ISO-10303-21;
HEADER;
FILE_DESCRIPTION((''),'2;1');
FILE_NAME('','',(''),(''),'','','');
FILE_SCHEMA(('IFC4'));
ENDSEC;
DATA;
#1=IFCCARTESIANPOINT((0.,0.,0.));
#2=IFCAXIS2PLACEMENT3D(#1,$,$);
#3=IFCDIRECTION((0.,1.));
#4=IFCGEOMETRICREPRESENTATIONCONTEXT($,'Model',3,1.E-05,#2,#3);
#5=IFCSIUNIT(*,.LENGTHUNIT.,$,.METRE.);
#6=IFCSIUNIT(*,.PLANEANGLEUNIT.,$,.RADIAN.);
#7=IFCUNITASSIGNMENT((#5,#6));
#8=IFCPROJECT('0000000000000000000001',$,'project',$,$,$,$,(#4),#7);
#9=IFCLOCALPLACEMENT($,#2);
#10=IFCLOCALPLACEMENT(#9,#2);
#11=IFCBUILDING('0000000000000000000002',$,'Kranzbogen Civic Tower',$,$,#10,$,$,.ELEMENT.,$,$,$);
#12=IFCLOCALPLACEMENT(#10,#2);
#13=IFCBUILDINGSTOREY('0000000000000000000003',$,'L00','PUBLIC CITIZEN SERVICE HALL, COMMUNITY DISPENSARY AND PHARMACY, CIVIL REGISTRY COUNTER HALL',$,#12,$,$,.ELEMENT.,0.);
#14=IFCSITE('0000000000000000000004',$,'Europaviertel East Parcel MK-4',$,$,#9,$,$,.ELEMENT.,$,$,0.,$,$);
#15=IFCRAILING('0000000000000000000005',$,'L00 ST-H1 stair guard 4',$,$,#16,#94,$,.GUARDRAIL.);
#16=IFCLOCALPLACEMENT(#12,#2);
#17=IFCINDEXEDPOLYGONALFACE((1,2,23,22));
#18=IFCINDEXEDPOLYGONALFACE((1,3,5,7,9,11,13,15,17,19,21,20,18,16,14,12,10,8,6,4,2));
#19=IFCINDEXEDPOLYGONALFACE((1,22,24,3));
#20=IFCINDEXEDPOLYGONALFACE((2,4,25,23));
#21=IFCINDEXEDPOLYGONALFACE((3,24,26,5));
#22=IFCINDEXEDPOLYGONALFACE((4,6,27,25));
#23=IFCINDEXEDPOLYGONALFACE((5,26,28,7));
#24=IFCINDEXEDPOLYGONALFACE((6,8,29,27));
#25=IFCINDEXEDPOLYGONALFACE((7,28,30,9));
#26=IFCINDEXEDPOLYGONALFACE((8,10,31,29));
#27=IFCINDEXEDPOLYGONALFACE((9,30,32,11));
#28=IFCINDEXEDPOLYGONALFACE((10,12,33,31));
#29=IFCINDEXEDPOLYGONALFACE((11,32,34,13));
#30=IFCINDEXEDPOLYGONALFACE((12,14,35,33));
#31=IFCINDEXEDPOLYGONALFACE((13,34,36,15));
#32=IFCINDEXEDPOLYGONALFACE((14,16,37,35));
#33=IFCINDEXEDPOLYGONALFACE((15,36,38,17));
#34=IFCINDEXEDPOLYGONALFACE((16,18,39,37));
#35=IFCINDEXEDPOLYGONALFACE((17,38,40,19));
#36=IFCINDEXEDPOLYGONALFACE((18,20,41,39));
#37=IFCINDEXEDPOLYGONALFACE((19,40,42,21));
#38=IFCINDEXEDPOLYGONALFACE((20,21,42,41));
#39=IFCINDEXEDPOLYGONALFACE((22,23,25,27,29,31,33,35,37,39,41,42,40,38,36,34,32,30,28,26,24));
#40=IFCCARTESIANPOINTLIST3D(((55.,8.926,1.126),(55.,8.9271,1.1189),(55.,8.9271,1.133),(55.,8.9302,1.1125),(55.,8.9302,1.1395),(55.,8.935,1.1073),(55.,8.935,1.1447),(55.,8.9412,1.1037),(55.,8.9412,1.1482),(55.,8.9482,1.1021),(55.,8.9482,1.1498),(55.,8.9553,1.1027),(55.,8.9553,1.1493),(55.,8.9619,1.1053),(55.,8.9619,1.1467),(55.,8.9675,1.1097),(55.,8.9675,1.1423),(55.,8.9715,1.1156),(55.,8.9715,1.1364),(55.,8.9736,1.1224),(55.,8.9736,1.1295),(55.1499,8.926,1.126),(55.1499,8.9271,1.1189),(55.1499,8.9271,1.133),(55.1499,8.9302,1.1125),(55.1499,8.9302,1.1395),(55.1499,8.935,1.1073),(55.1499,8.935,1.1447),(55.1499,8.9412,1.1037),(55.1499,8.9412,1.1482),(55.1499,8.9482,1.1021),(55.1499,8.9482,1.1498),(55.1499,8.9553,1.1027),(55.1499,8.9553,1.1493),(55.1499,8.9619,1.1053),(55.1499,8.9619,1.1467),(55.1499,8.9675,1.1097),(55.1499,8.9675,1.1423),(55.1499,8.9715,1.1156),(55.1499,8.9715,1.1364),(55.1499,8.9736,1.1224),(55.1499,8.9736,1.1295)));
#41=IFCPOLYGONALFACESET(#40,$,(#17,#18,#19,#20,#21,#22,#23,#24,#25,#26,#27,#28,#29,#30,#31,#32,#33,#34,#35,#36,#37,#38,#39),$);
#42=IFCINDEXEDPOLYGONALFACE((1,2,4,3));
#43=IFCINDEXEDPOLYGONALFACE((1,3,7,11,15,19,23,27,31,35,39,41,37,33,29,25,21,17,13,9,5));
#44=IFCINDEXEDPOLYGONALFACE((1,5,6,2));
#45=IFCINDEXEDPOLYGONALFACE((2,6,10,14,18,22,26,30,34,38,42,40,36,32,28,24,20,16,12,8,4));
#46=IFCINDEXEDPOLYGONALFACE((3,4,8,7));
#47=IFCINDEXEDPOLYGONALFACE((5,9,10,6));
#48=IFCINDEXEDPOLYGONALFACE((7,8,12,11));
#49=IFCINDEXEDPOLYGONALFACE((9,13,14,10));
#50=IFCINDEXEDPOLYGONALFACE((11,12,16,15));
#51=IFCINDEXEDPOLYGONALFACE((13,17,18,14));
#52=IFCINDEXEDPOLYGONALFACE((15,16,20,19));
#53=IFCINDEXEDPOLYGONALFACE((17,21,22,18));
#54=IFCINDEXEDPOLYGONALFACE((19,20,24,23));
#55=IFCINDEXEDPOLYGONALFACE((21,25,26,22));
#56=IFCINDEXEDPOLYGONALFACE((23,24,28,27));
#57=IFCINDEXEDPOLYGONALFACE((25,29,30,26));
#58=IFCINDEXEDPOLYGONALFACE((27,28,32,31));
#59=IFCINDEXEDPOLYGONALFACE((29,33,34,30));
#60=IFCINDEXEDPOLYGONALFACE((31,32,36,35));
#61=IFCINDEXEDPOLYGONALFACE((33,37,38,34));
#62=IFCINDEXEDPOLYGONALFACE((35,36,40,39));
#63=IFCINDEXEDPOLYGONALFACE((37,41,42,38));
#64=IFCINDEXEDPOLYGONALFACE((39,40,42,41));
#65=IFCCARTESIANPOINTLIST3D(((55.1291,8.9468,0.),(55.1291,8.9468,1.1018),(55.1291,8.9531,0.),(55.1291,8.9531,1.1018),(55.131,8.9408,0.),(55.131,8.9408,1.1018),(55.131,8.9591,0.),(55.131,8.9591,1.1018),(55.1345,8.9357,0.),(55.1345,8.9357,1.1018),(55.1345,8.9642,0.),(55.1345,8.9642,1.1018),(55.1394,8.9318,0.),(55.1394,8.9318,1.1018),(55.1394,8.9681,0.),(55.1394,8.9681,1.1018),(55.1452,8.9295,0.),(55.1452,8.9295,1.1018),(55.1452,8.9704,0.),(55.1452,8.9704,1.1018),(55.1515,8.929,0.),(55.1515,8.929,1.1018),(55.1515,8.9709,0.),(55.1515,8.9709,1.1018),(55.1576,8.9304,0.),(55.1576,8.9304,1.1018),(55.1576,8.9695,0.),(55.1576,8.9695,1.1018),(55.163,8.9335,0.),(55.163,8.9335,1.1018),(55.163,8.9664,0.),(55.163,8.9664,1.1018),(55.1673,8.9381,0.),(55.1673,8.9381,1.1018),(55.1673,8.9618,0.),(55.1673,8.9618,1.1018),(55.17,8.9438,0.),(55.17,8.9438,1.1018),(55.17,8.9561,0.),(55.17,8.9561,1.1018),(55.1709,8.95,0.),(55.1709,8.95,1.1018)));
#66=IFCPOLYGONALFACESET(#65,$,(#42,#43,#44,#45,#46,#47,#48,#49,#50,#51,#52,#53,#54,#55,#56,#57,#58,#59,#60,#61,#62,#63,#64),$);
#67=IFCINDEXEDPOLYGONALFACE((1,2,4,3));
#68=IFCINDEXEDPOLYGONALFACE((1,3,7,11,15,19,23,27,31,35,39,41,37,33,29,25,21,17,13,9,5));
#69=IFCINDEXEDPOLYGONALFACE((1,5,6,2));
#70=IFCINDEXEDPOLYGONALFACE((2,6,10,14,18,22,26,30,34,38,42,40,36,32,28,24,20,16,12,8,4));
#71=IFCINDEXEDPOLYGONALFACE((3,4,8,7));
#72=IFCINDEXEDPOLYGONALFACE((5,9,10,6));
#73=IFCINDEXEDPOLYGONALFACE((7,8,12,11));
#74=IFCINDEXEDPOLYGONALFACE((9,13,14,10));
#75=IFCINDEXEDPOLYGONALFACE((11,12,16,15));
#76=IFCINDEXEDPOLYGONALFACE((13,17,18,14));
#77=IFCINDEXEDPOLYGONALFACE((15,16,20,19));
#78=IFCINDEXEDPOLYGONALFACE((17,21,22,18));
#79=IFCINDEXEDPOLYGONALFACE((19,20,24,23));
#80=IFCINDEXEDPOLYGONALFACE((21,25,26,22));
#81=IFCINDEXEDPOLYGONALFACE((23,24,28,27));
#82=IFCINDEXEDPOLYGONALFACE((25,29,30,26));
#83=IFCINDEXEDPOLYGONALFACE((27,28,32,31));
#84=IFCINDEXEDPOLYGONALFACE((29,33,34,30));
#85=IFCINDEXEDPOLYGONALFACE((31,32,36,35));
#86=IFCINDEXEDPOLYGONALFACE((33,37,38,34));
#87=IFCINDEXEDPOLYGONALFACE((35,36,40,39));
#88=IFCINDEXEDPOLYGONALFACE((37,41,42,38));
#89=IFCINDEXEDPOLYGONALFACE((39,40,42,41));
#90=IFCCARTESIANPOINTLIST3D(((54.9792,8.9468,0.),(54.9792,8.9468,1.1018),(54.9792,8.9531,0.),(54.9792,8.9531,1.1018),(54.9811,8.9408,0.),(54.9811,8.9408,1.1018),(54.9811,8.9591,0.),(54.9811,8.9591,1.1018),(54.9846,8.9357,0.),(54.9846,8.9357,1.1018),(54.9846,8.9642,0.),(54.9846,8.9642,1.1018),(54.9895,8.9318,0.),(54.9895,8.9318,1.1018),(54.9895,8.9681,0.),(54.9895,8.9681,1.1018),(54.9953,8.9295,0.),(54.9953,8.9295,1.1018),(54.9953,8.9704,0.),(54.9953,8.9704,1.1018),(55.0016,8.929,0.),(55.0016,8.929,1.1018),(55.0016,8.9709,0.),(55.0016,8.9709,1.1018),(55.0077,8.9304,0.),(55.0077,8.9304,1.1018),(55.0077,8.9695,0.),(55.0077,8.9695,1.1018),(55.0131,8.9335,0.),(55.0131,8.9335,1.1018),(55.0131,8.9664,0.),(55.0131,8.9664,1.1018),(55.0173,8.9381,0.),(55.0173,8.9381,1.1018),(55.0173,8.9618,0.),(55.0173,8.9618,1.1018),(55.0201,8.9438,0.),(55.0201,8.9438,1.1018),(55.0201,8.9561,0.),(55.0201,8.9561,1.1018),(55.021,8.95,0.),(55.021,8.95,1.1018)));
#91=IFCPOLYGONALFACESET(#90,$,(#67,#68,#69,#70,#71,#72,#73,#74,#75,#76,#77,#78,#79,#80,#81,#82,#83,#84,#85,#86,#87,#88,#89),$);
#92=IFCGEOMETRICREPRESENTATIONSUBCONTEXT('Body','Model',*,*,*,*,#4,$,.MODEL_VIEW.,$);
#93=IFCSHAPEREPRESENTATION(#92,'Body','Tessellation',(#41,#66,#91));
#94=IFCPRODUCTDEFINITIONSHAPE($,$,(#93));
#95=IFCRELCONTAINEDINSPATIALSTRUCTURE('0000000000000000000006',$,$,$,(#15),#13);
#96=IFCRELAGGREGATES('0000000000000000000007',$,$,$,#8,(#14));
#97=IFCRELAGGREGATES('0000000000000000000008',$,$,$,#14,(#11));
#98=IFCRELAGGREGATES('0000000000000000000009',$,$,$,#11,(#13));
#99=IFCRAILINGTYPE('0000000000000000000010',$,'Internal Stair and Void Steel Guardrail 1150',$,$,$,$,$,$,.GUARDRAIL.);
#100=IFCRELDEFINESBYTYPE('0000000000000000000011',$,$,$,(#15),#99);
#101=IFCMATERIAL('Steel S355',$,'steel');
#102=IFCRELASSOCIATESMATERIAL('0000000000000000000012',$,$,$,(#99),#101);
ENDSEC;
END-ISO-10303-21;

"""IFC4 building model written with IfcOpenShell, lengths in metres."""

from ifc_helpers import new_model, si_unit, direction, frame, origin, origin_2d, place, context, subcontext, project, spatial, circle, extrude, material, type_object, element, save


model = new_model("IFC4")

# Units and contexts
model_context = context("Model", 3, precision=1e-05, world=origin(), true_north=direction((0.0, 1.0)))
body_context = subcontext(model_context, "Body", "Model", "MODEL_VIEW")
ifc_project = project(units=[si_unit("LENGTHUNIT", "METRE"), si_unit("PLANEANGLEUNIT", "RADIAN")], contexts=[model_context])

# Site, building, storey
site_placement = place(None, origin())
site = spatial("IfcSite", under=ifc_project, at=site_placement, Name="Europaviertel East Parcel MK-4", CompositionType="ELEMENT", RefElevation=0.0)
building_placement = place(site_placement, origin())
building = spatial("IfcBuilding", under=site, at=building_placement, Name="Kranzbogen Civic Tower", CompositionType="ELEMENT")
storey_placement = place(building_placement, origin())
storey = spatial("IfcBuildingStorey", under=building, at=storey_placement, Name="L00", Description="PUBLIC CITIZEN SERVICE HALL, COMMUNITY DISPENSARY AND PHARMACY, CIVIL REGISTRY COUNTER HALL", CompositionType="ELEMENT", Elevation=0.0)

# Shared definitions
ifc_material_1 = material(Name="Steel S355", Category="steel")

# Railing
railing_type_1 = type_object("IfcRailingType", Name="Internal Stair and Void Steel Guardrail 1150", PredefinedType="GUARDRAIL", material=ifc_material_1)
railing_1_placement = place(storey_placement, frame((55.1499, 8.95, 0.0)))
element("IfcRailing", 1, at=railing_1_placement, inside=storey, type_object=railing_type_1, Name="L00 ST-H1 stair guard 4", PredefinedType="GUARDRAIL", context=body_context, shape_type="SweptSolid", body=[
    extrude(circle(Radius=0.0239, at=origin_2d()), frame((0.0, 0.0, 1.126), z_axis=(-1.0, 0.0, 0.0), x_axis=(0.0, -1.0, 0.0)), (0.0, 0.0, 1.0), 0.1499),
    extrude(circle(Radius=0.021, at=origin_2d()), origin(), (0.0, 0.0, 1.0), 1.1018),
    extrude(circle(Radius=0.021, at=origin_2d()), frame((-0.1499, 0.0, 0.0)), (0.0, 0.0, 1.0), 1.1018),
])

save(model, "model.ifc")
